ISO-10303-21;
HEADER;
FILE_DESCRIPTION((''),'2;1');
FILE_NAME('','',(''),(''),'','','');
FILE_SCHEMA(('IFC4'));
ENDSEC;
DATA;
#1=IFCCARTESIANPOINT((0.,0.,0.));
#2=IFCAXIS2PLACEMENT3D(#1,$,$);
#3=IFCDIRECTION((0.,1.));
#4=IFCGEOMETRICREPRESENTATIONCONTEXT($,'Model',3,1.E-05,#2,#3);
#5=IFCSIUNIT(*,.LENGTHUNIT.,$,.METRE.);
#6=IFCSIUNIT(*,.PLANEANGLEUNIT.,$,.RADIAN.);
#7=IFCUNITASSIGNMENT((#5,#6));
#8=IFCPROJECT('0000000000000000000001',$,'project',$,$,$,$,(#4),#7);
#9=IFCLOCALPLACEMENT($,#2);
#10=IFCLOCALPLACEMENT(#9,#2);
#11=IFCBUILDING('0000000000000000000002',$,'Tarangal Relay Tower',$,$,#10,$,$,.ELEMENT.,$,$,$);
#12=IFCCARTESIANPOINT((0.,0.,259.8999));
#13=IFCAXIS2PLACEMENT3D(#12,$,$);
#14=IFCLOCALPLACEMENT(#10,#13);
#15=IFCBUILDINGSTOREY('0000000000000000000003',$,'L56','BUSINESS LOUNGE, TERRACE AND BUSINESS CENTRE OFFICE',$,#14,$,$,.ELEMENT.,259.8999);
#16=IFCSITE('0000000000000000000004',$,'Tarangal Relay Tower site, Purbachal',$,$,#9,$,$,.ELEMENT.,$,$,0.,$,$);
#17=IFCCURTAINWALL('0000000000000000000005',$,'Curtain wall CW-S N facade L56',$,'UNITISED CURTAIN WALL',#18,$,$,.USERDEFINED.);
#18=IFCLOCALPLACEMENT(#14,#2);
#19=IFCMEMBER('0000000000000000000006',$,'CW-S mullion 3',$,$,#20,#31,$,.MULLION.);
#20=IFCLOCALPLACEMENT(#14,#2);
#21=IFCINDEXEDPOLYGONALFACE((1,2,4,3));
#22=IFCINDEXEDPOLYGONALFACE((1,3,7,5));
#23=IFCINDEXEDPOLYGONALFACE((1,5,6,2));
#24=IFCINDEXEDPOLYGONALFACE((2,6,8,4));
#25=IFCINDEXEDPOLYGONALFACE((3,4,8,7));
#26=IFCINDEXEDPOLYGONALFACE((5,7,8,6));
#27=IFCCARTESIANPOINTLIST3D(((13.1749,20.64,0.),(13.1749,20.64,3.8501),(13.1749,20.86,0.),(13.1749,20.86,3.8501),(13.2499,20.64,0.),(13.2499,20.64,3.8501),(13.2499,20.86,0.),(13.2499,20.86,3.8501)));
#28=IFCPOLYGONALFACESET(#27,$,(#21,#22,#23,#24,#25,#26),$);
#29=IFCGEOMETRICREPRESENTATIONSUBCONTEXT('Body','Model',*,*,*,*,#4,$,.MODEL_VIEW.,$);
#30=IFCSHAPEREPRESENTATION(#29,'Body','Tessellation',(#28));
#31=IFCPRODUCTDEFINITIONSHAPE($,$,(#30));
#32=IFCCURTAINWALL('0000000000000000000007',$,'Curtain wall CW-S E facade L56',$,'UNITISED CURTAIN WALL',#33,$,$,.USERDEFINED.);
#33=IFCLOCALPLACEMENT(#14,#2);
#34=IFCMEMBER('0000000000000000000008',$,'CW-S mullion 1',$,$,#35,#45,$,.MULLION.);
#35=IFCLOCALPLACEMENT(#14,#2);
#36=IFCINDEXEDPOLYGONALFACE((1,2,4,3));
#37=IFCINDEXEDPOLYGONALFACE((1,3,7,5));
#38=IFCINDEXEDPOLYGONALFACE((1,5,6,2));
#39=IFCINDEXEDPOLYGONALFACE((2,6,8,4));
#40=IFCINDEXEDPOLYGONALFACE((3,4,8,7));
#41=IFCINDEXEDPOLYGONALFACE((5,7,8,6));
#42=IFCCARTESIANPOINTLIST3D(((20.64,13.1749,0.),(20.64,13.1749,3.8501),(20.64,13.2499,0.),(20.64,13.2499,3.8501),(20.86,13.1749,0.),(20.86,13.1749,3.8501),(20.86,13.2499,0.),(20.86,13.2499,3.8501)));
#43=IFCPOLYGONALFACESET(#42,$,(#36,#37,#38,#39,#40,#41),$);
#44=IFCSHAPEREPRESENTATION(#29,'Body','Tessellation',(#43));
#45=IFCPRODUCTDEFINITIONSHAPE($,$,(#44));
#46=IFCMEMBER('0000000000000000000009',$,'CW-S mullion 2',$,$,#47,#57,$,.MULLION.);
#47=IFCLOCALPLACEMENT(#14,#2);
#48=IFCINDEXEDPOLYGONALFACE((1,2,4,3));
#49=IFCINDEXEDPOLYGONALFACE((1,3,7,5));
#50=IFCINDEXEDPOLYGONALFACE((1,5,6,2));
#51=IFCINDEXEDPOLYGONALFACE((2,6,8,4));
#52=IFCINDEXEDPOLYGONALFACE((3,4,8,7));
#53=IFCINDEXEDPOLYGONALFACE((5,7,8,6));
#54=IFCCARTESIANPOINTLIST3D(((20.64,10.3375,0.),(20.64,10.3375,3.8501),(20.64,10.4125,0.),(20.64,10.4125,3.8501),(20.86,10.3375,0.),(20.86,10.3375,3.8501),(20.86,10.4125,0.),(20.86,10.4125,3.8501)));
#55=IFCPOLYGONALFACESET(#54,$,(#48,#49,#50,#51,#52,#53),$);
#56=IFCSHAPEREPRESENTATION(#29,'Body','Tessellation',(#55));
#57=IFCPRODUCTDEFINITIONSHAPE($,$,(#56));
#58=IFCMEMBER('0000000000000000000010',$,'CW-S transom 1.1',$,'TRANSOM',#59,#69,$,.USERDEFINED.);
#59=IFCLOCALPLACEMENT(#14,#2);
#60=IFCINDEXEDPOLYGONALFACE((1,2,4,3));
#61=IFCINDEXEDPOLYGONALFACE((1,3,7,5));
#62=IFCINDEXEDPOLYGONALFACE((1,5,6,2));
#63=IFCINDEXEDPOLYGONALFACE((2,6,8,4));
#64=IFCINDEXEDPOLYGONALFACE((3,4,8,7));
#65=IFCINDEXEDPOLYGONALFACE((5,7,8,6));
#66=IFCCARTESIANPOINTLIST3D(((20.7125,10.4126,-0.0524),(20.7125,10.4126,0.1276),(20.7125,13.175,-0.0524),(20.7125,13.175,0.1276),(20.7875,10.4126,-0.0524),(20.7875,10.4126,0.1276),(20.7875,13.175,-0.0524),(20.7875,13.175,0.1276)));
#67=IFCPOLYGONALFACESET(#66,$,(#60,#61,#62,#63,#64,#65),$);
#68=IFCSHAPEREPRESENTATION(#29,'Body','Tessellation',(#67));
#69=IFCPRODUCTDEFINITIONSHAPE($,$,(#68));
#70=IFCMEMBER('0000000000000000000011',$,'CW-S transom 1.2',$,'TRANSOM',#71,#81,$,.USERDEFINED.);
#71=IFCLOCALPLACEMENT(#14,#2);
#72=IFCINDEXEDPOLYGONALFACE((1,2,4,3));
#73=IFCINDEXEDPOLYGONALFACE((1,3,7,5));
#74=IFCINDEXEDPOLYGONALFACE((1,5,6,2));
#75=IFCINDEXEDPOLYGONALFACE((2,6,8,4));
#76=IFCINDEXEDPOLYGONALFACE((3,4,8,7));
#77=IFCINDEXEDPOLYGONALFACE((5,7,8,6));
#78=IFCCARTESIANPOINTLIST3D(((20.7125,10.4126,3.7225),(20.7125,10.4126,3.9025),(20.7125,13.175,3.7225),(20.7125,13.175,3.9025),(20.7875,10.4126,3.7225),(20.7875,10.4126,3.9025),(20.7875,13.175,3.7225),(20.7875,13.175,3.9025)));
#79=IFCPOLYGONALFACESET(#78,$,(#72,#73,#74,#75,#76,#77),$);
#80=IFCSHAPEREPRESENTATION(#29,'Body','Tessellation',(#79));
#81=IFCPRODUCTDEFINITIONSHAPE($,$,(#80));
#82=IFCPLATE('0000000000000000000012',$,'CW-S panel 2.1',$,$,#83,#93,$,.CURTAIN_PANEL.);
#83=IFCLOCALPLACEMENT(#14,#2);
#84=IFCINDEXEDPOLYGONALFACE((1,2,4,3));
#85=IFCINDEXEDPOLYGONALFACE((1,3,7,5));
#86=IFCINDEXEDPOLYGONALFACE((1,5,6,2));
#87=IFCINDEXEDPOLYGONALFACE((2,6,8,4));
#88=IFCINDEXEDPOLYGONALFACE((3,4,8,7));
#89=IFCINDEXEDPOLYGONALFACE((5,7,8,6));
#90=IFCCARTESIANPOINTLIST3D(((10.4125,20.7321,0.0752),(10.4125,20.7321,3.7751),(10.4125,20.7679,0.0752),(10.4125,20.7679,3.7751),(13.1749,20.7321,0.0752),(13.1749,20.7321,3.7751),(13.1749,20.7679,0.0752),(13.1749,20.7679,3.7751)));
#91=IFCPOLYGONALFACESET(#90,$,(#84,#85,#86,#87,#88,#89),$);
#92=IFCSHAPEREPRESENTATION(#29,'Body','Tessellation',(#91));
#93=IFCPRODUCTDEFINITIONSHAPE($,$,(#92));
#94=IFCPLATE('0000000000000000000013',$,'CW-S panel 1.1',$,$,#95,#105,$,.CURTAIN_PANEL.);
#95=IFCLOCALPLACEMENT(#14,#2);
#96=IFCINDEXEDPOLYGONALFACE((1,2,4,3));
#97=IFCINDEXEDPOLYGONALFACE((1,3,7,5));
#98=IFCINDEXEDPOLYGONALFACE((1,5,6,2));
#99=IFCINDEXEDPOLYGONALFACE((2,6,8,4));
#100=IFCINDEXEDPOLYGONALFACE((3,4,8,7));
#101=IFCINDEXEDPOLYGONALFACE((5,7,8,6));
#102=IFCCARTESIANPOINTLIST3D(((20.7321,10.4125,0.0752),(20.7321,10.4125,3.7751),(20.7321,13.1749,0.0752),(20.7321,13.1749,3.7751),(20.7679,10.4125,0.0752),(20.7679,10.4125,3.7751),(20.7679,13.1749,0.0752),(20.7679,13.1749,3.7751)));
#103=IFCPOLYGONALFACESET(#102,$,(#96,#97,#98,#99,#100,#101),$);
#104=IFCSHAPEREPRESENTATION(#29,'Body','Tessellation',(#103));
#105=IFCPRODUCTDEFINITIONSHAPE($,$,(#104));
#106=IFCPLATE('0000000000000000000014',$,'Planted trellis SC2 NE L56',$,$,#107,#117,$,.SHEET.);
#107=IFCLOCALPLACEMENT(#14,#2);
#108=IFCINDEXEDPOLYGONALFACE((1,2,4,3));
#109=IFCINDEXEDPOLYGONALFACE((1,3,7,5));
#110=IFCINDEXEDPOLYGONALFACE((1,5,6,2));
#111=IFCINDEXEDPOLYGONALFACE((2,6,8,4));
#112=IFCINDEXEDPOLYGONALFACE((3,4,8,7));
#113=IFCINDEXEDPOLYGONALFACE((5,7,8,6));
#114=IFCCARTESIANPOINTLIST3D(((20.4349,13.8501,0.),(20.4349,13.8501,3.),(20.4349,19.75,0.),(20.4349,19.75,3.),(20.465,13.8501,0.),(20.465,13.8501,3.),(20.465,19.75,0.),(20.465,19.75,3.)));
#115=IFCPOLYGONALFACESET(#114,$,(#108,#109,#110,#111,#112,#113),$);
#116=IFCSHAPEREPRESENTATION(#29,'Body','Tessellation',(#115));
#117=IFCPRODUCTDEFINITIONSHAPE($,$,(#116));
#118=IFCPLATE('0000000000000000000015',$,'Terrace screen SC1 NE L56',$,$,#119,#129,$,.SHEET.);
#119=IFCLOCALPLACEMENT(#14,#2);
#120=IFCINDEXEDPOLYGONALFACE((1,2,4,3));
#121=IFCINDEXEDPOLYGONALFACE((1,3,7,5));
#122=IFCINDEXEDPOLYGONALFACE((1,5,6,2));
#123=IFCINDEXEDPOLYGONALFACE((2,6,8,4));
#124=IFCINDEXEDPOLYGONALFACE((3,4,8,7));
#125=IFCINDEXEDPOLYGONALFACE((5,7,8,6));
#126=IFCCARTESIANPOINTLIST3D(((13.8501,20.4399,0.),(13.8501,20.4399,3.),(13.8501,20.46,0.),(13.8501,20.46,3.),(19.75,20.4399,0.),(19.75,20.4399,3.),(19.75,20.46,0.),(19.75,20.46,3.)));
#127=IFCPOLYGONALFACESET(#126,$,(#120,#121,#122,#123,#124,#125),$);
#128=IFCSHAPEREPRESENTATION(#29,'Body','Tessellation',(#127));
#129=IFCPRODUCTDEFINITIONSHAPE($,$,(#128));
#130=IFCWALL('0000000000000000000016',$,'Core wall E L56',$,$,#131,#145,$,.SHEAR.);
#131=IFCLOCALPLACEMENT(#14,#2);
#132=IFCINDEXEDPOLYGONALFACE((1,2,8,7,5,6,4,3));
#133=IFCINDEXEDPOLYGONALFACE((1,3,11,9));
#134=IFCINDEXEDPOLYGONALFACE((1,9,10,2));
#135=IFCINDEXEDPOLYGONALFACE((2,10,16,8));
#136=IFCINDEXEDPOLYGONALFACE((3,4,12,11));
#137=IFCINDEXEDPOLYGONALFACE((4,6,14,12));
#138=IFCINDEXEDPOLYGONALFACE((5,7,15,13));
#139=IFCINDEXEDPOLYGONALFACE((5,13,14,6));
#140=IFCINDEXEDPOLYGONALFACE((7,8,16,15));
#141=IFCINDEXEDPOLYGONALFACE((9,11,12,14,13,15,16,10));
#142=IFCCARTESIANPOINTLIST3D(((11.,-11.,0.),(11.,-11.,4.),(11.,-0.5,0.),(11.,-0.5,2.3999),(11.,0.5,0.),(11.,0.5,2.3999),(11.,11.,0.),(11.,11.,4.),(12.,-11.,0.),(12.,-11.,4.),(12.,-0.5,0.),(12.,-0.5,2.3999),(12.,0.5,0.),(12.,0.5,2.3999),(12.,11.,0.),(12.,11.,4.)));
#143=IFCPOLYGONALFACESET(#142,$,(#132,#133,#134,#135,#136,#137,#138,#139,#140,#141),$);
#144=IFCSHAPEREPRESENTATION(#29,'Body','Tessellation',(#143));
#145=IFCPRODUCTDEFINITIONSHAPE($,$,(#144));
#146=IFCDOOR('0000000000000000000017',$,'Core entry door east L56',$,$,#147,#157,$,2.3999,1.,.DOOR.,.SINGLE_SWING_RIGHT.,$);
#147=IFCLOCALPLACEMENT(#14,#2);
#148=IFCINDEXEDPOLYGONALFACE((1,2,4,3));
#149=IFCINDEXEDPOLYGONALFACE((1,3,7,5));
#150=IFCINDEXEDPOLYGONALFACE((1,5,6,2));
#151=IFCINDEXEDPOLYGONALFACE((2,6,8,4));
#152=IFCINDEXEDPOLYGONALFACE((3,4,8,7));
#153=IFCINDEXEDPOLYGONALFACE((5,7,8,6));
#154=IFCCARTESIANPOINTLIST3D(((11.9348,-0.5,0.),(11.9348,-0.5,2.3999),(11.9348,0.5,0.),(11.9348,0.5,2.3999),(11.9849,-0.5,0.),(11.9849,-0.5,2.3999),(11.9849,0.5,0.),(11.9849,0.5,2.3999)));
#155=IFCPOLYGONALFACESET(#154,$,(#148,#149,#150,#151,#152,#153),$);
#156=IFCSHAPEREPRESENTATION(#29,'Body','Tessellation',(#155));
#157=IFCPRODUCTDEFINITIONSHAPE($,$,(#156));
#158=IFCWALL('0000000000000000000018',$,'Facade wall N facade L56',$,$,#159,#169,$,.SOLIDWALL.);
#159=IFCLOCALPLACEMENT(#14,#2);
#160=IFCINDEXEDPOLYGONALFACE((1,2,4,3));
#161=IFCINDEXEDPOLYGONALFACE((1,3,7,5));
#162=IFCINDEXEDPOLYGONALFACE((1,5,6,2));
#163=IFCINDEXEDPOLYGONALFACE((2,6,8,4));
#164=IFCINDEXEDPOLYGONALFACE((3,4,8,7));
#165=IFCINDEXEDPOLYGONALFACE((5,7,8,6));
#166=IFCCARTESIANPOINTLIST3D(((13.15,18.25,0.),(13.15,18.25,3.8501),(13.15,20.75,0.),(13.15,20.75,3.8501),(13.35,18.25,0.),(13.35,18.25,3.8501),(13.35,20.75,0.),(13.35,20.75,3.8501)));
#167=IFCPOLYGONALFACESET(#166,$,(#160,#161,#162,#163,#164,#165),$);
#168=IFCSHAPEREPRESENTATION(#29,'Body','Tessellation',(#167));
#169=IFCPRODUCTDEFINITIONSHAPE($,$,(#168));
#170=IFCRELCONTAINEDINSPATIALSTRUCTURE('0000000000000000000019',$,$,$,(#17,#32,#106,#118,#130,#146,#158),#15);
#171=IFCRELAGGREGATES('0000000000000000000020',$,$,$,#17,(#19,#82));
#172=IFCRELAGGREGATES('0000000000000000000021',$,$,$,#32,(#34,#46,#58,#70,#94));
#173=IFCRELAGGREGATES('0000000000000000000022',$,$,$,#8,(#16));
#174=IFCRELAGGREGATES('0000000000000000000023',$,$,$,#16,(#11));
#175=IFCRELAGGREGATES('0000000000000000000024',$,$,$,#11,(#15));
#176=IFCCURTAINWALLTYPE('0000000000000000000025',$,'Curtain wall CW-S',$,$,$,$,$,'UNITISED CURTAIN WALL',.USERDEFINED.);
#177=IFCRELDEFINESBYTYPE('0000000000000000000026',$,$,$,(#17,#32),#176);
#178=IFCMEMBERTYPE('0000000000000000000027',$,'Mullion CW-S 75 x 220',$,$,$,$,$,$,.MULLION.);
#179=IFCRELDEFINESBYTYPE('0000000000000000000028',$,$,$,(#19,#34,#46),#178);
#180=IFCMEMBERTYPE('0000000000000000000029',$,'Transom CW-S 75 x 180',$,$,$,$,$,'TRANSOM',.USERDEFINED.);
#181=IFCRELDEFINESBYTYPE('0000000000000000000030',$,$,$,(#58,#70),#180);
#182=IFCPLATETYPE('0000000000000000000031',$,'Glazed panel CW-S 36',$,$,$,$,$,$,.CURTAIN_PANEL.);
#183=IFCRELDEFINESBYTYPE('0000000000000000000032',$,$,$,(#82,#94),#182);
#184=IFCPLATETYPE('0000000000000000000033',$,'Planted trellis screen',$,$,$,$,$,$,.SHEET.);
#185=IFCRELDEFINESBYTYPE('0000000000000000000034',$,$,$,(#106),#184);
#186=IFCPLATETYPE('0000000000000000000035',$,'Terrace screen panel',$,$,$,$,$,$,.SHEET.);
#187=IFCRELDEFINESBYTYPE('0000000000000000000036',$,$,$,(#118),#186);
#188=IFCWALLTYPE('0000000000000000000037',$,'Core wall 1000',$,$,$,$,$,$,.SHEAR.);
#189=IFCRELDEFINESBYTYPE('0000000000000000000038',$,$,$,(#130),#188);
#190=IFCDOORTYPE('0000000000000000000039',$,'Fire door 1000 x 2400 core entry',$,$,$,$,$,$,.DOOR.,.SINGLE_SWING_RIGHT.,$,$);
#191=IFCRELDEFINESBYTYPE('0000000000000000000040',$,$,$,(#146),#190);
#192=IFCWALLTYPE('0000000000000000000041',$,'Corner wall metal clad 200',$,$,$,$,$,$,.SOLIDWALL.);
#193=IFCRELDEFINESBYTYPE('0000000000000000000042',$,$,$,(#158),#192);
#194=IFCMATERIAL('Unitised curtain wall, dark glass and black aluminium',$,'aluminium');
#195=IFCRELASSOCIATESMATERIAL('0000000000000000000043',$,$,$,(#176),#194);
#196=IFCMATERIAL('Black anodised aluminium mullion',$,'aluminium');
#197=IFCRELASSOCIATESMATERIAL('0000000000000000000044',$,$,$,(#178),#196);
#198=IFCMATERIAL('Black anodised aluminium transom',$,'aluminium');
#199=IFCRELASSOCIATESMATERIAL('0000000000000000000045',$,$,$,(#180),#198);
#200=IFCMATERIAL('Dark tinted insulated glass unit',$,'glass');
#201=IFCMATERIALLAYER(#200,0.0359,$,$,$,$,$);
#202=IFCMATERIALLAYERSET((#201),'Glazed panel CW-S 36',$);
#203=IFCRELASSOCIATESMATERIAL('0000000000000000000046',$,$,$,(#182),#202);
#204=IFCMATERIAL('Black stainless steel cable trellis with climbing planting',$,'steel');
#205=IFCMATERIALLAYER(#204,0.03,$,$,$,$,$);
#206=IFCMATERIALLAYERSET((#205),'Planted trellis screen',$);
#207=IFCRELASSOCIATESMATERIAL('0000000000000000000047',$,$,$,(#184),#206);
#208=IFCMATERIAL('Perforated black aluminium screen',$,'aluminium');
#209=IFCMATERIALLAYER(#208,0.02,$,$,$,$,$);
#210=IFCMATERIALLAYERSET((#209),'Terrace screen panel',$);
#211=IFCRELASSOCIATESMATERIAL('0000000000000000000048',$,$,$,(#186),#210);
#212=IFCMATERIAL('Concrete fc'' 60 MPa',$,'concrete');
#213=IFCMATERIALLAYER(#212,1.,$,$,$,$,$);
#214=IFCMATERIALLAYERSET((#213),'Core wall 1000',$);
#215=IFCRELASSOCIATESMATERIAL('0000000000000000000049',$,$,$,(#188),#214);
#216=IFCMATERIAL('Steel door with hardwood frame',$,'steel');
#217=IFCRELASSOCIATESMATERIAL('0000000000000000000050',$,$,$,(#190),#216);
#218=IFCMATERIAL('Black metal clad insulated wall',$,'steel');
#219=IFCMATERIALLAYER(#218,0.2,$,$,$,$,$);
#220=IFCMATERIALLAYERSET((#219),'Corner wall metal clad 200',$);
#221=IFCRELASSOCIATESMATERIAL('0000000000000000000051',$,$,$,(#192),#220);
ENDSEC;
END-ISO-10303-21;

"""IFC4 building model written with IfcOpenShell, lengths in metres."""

from ifc_helpers import new_model, si_unit, direction, frame, frame_2d, origin, origin_2d, place, context, subcontext, project, spatial, rectangle, extrude, material, layer, layer_set, material_profile, profile_set, type_object, element, fill, aggregate, save


model = new_model("IFC4")

# Units and contexts
model_context = context("Model", 3, precision=1e-05, world=origin(), true_north=direction((0.0, 1.0)))
body_context = subcontext(model_context, "Body", "Model", "MODEL_VIEW")
ifc_project = project(units=[si_unit("LENGTHUNIT", "METRE"), si_unit("PLANEANGLEUNIT", "RADIAN")], contexts=[model_context])

# Site, building, storey
site_placement = place(None, origin())
site = spatial("IfcSite", under=ifc_project, at=site_placement, Name="Tarangal Relay Tower site, Purbachal", CompositionType="ELEMENT", RefElevation=0.0)
building_placement = place(site_placement, origin())
building = spatial("IfcBuilding", under=site, at=building_placement, Name="Tarangal Relay Tower", CompositionType="ELEMENT")
storey_placement = place(building_placement, frame((0.0, 0.0, 259.8999)))
storey = spatial("IfcBuildingStorey", under=building, at=storey_placement, Name="L56", Description="BUSINESS LOUNGE, TERRACE AND BUSINESS CENTRE OFFICE", CompositionType="ELEMENT", Elevation=259.8999)

# Curtain wall, member
ifc_material_1 = material(Name="Unitised curtain wall, dark glass and black aluminium", Category="aluminium")
curtain_wall_type = type_object("IfcCurtainWallType", Name="Curtain wall CW-S", ElementType="UNITISED CURTAIN WALL", PredefinedType="USERDEFINED", material=ifc_material_1)
curtain_wall_1_placement = place(storey_placement, origin())
curtain_wall_1 = element("IfcCurtainWall", 1, at=curtain_wall_1_placement, inside=storey, type_object=curtain_wall_type, Name="Curtain wall CW-S N facade L56", ObjectType="UNITISED CURTAIN WALL", PredefinedType="USERDEFINED")
ifc_material_2 = material(Name="Black anodised aluminium mullion", Category="aluminium")
ifc_material_profile_1 = material_profile(ifc_material_2, rectangle(XDim=0.22, YDim=0.075, at=origin_2d()), Name="CW-SM 75X220")
ifc_profile_set_1 = profile_set([ifc_material_profile_1], Name="Black anodised aluminium mullion")
member_type_1 = type_object("IfcMemberType", Name="Mullion CW-S 75 x 220", PredefinedType="MULLION", material=ifc_profile_set_1)
member_1_placement = place(storey_placement, frame((13.2124, 20.75, 0.0), z_axis=(0.0, 0.0, 1.0), x_axis=(0.0, 1.0, 0.0)))
member_1 = element("IfcMember", 2, at=member_1_placement, type_object=member_type_1, Name="CW-S mullion 3", PredefinedType="MULLION", context=body_context, shape_type="SweptSolid", body=[
    extrude(rectangle(XDim=0.22, YDim=0.075, at=origin_2d()), origin(), (0.0, 0.0, 1.0), 3.8501),
])

# Curtain wall, members
curtain_wall_2_placement = place(storey_placement, origin())
curtain_wall_2 = element("IfcCurtainWall", 3, at=curtain_wall_2_placement, inside=storey, type_object=curtain_wall_type, Name="Curtain wall CW-S E facade L56", ObjectType="UNITISED CURTAIN WALL", PredefinedType="USERDEFINED")
member_2_placement = place(storey_placement, frame((20.75, 13.2124, 0.0), z_axis=(0.0, 0.0, 1.0), x_axis=(1.0, 0.0, 0.0)))
member_2 = element("IfcMember", 4, at=member_2_placement, type_object=member_type_1, Name="CW-S mullion 1", PredefinedType="MULLION", context=body_context, shape_type="SweptSolid", body=[
    extrude(rectangle(XDim=0.22, YDim=0.075, at=origin_2d()), origin(), (0.0, 0.0, 1.0), 3.8501),
])
member_3_placement = place(storey_placement, frame((20.75, 10.375, 0.0), z_axis=(0.0, 0.0, 1.0), x_axis=(1.0, 0.0, 0.0)))
member_3 = element("IfcMember", 5, at=member_3_placement, type_object=member_type_1, Name="CW-S mullion 2", PredefinedType="MULLION", context=body_context, shape_type="SweptSolid", body=[
    extrude(rectangle(XDim=0.22, YDim=0.075, at=origin_2d()), origin(), (0.0, 0.0, 1.0), 3.8501),
])
ifc_material_3 = material(Name="Black anodised aluminium transom", Category="aluminium")
ifc_material_profile_2 = material_profile(ifc_material_3, rectangle(XDim=0.075, YDim=0.1799, at=origin_2d()), Name="CW-ST 75X180")
ifc_profile_set_2 = profile_set([ifc_material_profile_2], Name="Black anodised aluminium transom")
member_type_2 = type_object("IfcMemberType", Name="Transom CW-S 75 x 180", ElementType="TRANSOM", PredefinedType="USERDEFINED", material=ifc_profile_set_2)
member_4_placement = place(storey_placement, frame((20.75, 13.175, 0.0376), z_axis=(0.0, -1.0, 0.0), x_axis=(1.0, 0.0, 0.0)))
member_4 = element("IfcMember", 6, at=member_4_placement, type_object=member_type_2, Name="CW-S transom 1.1", ObjectType="TRANSOM", PredefinedType="USERDEFINED", context=body_context, shape_type="SweptSolid", body=[
    extrude(rectangle(XDim=0.075, YDim=0.1799, at=origin_2d()), origin(), (0.0, 0.0, 1.0), 2.7625),
])
member_5_placement = place(storey_placement, frame((20.75, 13.175, 3.8125), z_axis=(0.0, -1.0, 0.0), x_axis=(1.0, 0.0, 0.0)))
member_5 = element("IfcMember", 7, at=member_5_placement, type_object=member_type_2, Name="CW-S transom 1.2", ObjectType="TRANSOM", PredefinedType="USERDEFINED", context=body_context, shape_type="SweptSolid", body=[
    extrude(rectangle(XDim=0.075, YDim=0.1799, at=origin_2d()), origin(), (0.0, 0.0, 1.0), 2.7625),
])

# Plates
ifc_material_4 = material(Name="Dark tinted insulated glass unit", Category="glass")
ifc_layer_1 = layer(ifc_material_4, 0.0359)
ifc_layer_set_1 = layer_set([ifc_layer_1], Name="Glazed panel CW-S 36")
plate_type_1 = type_object("IfcPlateType", Name="Glazed panel CW-S 36", PredefinedType="CURTAIN_PANEL", material=ifc_layer_set_1)
plate_1_placement = place(storey_placement, frame((11.7937, 20.75, 0.0752), z_axis=(0.0, 0.0, 1.0), x_axis=(1.0, 0.0, 0.0)))
plate_1 = element("IfcPlate", 8, at=plate_1_placement, type_object=plate_type_1, Name="CW-S panel 2.1", PredefinedType="CURTAIN_PANEL", context=body_context, shape_type="SweptSolid", body=[
    extrude(rectangle(XDim=2.7625, YDim=0.0359, at=origin_2d()), origin(), (0.0, 0.0, 1.0), 3.7),
])
aggregate(curtain_wall_1, [member_1, plate_1])
plate_2_placement = place(storey_placement, frame((20.75, 11.7937, 0.0752), z_axis=(0.0, 0.0, 1.0), x_axis=(0.0, -1.0, 0.0)))
plate_2 = element("IfcPlate", 9, at=plate_2_placement, type_object=plate_type_1, Name="CW-S panel 1.1", PredefinedType="CURTAIN_PANEL", context=body_context, shape_type="SweptSolid", body=[
    extrude(rectangle(XDim=2.7625, YDim=0.0359, at=origin_2d()), origin(), (0.0, 0.0, 1.0), 3.7),
])
aggregate(curtain_wall_2, [member_2, member_3, member_4, member_5, plate_2])

# Plates
ifc_material_5 = material(Name="Black stainless steel cable trellis with climbing planting", Category="steel")
ifc_layer_2 = layer(ifc_material_5, 0.03)
ifc_layer_set_2 = layer_set([ifc_layer_2], Name="Planted trellis screen")
plate_type_2 = type_object("IfcPlateType", Name="Planted trellis screen", PredefinedType="SHEET", material=ifc_layer_set_2)
plate_3_placement = place(storey_placement, frame((20.45, 16.8, 0.0), z_axis=(0.0, 0.0, 1.0), x_axis=(0.0, -1.0, 0.0)))
element("IfcPlate", 10, at=plate_3_placement, inside=storey, type_object=plate_type_2, Name="Planted trellis SC2 NE L56", PredefinedType="SHEET", context=body_context, shape_type="SweptSolid", body=[
    extrude(rectangle(XDim=5.8999, YDim=0.03, at=origin_2d()), origin(), (0.0, 0.0, 1.0), 3.0),
])
ifc_material_6 = material(Name="Perforated black aluminium screen", Category="aluminium")
ifc_layer_3 = layer(ifc_material_6, 0.02)
ifc_layer_set_3 = layer_set([ifc_layer_3], Name="Terrace screen panel")
plate_type_3 = type_object("IfcPlateType", Name="Terrace screen panel", PredefinedType="SHEET", material=ifc_layer_set_3)
plate_4_placement = place(storey_placement, frame((16.8, 20.45, 0.0), z_axis=(0.0, 0.0, 1.0), x_axis=(1.0, 0.0, 0.0)))
element("IfcPlate", 11, at=plate_4_placement, inside=storey, type_object=plate_type_3, Name="Terrace screen SC1 NE L56", PredefinedType="SHEET", context=body_context, shape_type="SweptSolid", body=[
    extrude(rectangle(XDim=5.8999, YDim=0.02, at=origin_2d()), origin(), (0.0, 0.0, 1.0), 3.0),
])

# Wall, opening, door
ifc_material_7 = material(Name="Concrete fc' 60 MPa", Category="concrete")
ifc_layer_4 = layer(ifc_material_7, 1.0)
ifc_layer_set_4 = layer_set([ifc_layer_4], Name="Core wall 1000")
wall_type_1 = type_object("IfcWallType", Name="Core wall 1000", PredefinedType="SHEAR", material=ifc_layer_set_4)
wall_1_placement = place(storey_placement, frame((11.5, 11.0, 0.0), z_axis=(0.0, 0.0, 1.0), x_axis=(0.0, -1.0, 0.0)))
wall_1 = element("IfcWall", 12, at=wall_1_placement, inside=storey, type_object=wall_type_1, Name="Core wall E L56", PredefinedType="SHEAR", context=body_context, shape_type="SweptSolid", body=[
    extrude(rectangle(XDim=22.0, YDim=1.0, at=frame_2d((11.0, 0.0))), origin(), (0.0, 0.0, 1.0), 4.0),
])
opening_1_placement = place(wall_1_placement, frame((10.5, 0.0, 0.0)))
opening_1 = element("IfcOpeningElement", 13, at=opening_1_placement, cuts=wall_1, PredefinedType="OPENING", context=body_context, shape_type="SweptSolid", body=[
    extrude(rectangle(XDim=1.0, YDim=2.3999, at=frame_2d((0.5, 1.2))), frame((0.0, 0.51, 0.0), z_axis=(0.0, -1.0, 0.0), x_axis=(1.0, 0.0, 0.0)), (0.0, 0.0, 1.0), 1.02),
])
ifc_material_8 = material(Name="Steel door with hardwood frame", Category="steel")
door_type_1 = type_object("IfcDoorType", Name="Fire door 1000 x 2400 core entry", OperationType="SINGLE_SWING_RIGHT", PredefinedType="DOOR", material=ifc_material_8)
door_1_placement = place(opening_1_placement, origin())
door_1 = element("IfcDoor", 14, at=door_1_placement, inside=storey, type_object=door_type_1, Name="Core entry door east L56", OperationType="SINGLE_SWING_RIGHT", OverallHeight=2.3999, OverallWidth=1.0, PredefinedType="DOOR", context=body_context, shape_type="SweptSolid", body=[
    extrude(rectangle(XDim=1.0, YDim=2.3999, at=frame_2d((0.5, 1.2))), frame((0.0, 0.4849, 0.0), z_axis=(0.0, -1.0, 0.0), x_axis=(1.0, 0.0, 0.0)), (0.0, 0.0, 1.0), 0.05),
])
fill(opening_1, door_1)

# Wall
ifc_material_9 = material(Name="Black metal clad insulated wall", Category="steel")
ifc_layer_5 = layer(ifc_material_9, 0.2)
ifc_layer_set_5 = layer_set([ifc_layer_5], Name="Corner wall metal clad 200")
wall_type_2 = type_object("IfcWallType", Name="Corner wall metal clad 200", PredefinedType="SOLIDWALL", material=ifc_layer_set_5)
wall_2_placement = place(storey_placement, frame((13.25, 20.75, 0.0), z_axis=(0.0, 0.0, 1.0), x_axis=(0.0, -1.0, 0.0)))
element("IfcWall", 15, at=wall_2_placement, inside=storey, type_object=wall_type_2, Name="Facade wall N facade L56", PredefinedType="SOLIDWALL", context=body_context, shape_type="SweptSolid", body=[
    extrude(rectangle(XDim=2.5, YDim=0.2, at=frame_2d((1.25, 0.0))), origin(), (0.0, 0.0, 1.0), 3.8501),
])

save(model, "model.ifc")
